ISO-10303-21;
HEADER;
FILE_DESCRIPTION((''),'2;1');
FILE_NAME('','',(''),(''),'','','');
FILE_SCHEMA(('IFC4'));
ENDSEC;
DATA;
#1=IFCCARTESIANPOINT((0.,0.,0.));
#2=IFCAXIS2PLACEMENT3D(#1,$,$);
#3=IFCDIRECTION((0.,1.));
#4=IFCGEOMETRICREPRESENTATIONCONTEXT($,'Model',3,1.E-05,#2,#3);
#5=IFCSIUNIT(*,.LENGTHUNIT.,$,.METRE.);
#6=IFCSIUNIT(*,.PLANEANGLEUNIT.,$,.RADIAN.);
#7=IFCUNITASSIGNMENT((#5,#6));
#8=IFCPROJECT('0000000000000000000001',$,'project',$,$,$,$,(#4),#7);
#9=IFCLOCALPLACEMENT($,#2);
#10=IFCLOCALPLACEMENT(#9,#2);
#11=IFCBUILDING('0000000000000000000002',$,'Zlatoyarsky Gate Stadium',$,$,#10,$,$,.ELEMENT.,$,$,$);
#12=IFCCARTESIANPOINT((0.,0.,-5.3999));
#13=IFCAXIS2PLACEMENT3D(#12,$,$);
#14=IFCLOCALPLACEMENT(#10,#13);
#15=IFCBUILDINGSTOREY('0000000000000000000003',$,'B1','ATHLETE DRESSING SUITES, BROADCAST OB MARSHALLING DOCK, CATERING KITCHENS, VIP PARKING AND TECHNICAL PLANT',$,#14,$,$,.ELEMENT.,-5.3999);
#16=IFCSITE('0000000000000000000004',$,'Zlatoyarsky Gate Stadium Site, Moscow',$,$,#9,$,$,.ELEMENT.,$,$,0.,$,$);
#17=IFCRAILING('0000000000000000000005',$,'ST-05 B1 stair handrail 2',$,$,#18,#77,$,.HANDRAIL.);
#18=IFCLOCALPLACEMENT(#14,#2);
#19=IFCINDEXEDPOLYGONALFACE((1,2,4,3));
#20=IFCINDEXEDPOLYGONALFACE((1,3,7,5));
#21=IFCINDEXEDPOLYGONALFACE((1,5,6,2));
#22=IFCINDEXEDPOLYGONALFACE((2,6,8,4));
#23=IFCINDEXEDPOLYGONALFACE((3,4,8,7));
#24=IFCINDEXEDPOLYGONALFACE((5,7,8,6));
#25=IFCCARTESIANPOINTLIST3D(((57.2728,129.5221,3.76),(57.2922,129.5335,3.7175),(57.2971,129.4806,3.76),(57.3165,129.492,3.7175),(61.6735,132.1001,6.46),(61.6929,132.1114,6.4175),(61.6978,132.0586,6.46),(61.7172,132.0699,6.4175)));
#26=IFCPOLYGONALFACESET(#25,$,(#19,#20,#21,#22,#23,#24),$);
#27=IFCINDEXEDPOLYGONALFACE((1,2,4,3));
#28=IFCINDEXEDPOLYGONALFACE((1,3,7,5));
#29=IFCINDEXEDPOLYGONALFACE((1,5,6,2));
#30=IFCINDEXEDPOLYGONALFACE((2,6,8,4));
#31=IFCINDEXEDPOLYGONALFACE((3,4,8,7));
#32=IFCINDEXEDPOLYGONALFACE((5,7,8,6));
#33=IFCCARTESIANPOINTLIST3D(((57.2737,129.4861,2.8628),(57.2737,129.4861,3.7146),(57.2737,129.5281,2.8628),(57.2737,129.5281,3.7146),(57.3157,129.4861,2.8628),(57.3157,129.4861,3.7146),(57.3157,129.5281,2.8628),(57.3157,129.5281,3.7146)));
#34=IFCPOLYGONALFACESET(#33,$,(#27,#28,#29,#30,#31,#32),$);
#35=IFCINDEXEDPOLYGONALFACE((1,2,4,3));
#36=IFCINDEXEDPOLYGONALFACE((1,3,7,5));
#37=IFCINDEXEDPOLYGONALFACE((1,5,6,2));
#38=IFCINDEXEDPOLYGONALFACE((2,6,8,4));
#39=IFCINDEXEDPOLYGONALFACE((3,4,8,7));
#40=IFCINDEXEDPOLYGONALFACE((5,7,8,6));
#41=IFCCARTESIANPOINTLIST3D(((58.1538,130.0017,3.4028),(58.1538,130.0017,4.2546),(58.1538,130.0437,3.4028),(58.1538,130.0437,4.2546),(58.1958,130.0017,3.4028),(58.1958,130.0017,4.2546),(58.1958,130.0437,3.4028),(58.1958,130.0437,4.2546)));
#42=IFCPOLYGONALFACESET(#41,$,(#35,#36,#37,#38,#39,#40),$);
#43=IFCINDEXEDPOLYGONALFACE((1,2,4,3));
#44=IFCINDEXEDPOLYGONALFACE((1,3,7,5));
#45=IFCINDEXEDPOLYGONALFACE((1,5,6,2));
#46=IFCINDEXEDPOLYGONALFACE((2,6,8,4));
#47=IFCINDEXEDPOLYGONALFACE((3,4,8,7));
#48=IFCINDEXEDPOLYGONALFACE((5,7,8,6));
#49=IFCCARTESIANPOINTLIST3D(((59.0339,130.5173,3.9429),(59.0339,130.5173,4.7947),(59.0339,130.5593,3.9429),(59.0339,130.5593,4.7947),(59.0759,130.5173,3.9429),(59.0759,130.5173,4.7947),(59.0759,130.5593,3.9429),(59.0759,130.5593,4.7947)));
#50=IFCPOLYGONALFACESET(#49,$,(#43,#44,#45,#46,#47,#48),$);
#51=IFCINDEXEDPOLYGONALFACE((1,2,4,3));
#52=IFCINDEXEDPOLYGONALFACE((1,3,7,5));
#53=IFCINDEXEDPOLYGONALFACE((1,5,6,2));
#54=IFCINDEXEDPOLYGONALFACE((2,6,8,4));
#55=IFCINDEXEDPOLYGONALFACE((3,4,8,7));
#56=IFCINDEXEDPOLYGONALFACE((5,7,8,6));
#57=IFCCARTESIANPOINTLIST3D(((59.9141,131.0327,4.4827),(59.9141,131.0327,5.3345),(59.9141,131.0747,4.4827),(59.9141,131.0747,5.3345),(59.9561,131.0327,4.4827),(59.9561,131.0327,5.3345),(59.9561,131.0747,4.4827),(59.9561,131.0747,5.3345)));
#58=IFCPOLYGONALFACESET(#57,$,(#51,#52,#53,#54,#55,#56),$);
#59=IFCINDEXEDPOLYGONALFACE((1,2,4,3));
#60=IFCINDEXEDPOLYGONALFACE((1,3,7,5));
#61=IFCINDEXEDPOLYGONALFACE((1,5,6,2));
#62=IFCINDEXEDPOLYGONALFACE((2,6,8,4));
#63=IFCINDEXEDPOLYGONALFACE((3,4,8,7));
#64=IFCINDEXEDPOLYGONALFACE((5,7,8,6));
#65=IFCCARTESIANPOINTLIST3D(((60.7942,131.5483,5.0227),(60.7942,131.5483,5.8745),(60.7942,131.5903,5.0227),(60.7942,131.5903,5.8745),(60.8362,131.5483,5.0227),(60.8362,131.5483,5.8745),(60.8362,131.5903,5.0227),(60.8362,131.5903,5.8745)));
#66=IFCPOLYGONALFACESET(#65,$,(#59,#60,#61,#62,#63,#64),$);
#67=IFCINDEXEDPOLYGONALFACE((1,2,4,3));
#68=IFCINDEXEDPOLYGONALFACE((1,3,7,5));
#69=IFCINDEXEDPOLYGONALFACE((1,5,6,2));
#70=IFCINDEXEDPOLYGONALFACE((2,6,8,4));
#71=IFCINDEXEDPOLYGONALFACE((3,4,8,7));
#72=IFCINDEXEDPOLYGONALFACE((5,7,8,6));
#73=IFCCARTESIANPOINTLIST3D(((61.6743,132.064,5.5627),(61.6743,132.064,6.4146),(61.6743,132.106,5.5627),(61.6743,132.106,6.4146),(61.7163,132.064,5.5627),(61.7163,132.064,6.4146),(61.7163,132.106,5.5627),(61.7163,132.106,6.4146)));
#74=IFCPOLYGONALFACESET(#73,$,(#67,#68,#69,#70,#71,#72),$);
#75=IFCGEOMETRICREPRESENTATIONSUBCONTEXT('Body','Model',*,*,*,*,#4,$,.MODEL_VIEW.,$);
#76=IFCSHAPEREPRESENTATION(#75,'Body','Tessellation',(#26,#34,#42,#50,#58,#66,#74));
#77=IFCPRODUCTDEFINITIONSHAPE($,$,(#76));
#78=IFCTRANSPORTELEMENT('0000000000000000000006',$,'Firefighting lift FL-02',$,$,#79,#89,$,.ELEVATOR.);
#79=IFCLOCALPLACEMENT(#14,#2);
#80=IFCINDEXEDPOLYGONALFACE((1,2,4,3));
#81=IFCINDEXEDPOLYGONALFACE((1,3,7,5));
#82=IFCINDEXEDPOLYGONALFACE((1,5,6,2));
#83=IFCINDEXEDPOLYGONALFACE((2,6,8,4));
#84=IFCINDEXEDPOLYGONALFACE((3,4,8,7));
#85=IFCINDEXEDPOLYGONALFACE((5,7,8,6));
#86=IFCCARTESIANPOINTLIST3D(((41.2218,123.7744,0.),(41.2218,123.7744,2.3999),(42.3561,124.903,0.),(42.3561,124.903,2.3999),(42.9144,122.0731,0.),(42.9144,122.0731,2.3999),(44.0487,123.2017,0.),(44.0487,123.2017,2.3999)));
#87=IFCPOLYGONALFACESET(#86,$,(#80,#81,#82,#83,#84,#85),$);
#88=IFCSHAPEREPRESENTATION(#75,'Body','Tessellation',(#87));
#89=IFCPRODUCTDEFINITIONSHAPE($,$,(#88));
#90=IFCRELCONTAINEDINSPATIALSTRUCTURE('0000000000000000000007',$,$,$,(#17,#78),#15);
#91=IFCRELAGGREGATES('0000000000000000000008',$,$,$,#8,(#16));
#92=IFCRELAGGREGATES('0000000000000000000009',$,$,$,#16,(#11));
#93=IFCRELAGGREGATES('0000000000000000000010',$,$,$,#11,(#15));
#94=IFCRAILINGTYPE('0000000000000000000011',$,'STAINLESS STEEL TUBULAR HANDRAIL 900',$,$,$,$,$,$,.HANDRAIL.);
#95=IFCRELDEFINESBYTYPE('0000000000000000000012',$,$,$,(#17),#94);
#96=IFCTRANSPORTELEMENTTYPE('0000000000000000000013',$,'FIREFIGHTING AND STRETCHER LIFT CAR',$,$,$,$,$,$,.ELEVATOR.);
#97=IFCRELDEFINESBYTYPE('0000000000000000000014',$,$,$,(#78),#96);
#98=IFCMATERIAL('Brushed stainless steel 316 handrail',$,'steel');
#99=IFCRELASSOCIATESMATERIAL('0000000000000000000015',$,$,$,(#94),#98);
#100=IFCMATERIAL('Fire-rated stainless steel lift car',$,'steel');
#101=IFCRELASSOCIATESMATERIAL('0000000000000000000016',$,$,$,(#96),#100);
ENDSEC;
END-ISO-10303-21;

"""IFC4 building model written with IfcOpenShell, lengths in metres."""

from ifc_helpers import new_model, si_unit, direction, frame, origin, origin_2d, place, context, subcontext, project, spatial, rectangle, extrude, material, type_object, element, save


model = new_model("IFC4")

# Units and contexts
model_context = context("Model", 3, precision=1e-05, world=origin(), true_north=direction((0.0, 1.0)))
body_context = subcontext(model_context, "Body", "Model", "MODEL_VIEW")
ifc_project = project(units=[si_unit("LENGTHUNIT", "METRE"), si_unit("PLANEANGLEUNIT", "RADIAN")], contexts=[model_context])

# Site, building, storey
site_placement = place(None, origin())
site = spatial("IfcSite", under=ifc_project, at=site_placement, Name="Zlatoyarsky Gate Stadium Site, Moscow", CompositionType="ELEMENT", RefElevation=0.0)
building_placement = place(site_placement, origin())
building = spatial("IfcBuilding", under=site, at=building_placement, Name="Zlatoyarsky Gate Stadium", CompositionType="ELEMENT")
storey_placement = place(building_placement, frame((0.0, 0.0, -5.3999)))
storey = spatial("IfcBuildingStorey", under=building, at=storey_placement, Name="B1", Description="ATHLETE DRESSING SUITES, BROADCAST OB MARSHALLING DOCK, CATERING KITCHENS, VIP PARKING AND TECHNICAL PLANT", CompositionType="ELEMENT", Elevation=-5.3999)

# Railing
ifc_material_1 = material(Name="Brushed stainless steel 316 handrail", Category="steel")
railing_type_1 = type_object("IfcRailingType", Name="STAINLESS STEEL TUBULAR HANDRAIL 900", PredefinedType="HANDRAIL", material=ifc_material_1)
railing_1_placement = place(storey_placement, frame((57.2947, 129.5071, 2.8628)))
element("IfcRailing", 1, at=railing_1_placement, inside=storey, type_object=railing_type_1, Name="ST-05 B1 stair handrail 2", PredefinedType="HANDRAIL", context=body_context, shape_type="SweptSolid", body=[
    extrude(rectangle(XDim=0.0481, YDim=0.0481, at=origin_2d()), frame((0.0, 0.0, 0.876), z_axis=(0.762585, 0.44672, 0.467874), x_axis=(-0.505457, 0.862852, 0.0)), (0.0, 0.0, 1.0), 5.7708),
    extrude(rectangle(XDim=0.042, YDim=0.042, at=origin_2d()), origin(), (0.0, 0.0, 1.0), 0.8518),
    extrude(rectangle(XDim=0.042, YDim=0.042, at=origin_2d()), frame((0.8801, 0.5156, 0.54)), (0.0, 0.0, 1.0), 0.8518),
    extrude(rectangle(XDim=0.042, YDim=0.042, at=origin_2d()), frame((1.7603, 1.0312, 1.0801)), (0.0, 0.0, 1.0), 0.8518),
    extrude(rectangle(XDim=0.042, YDim=0.042, at=origin_2d()), frame((2.6404, 1.5466, 1.6199)), (0.0, 0.0, 1.0), 0.8518),
    extrude(rectangle(XDim=0.042, YDim=0.042, at=origin_2d()), frame((3.5205, 2.0623, 2.1599)), (0.0, 0.0, 1.0), 0.8518),
    extrude(rectangle(XDim=0.042, YDim=0.042, at=origin_2d()), frame((4.4006, 2.5779, 2.7)), (0.0, 0.0, 1.0), 0.8518),
])

# Transport element
ifc_material_2 = material(Name="Fire-rated stainless steel lift car", Category="steel")
transport_element_type = type_object("IfcTransportElementType", Name="FIREFIGHTING AND STRETCHER LIFT CAR", PredefinedType="ELEVATOR", material=ifc_material_2)
transport_element_placement = place(storey_placement, frame((42.6353, 123.488, 0.0), z_axis=(0.0, 0.0, 1.0), x_axis=(-0.708901, -0.705308, 0.0)))
element("IfcTransportElement", 2, at=transport_element_placement, inside=storey, type_object=transport_element_type, Name="Firefighting lift FL-02", PredefinedType="ELEVATOR", context=body_context, shape_type="SweptSolid", body=[
    extrude(rectangle(XDim=1.6001, YDim=2.3999, at=origin_2d()), origin(), (0.0, 0.0, 1.0), 2.3999),
])

save(model, "model.ifc")
